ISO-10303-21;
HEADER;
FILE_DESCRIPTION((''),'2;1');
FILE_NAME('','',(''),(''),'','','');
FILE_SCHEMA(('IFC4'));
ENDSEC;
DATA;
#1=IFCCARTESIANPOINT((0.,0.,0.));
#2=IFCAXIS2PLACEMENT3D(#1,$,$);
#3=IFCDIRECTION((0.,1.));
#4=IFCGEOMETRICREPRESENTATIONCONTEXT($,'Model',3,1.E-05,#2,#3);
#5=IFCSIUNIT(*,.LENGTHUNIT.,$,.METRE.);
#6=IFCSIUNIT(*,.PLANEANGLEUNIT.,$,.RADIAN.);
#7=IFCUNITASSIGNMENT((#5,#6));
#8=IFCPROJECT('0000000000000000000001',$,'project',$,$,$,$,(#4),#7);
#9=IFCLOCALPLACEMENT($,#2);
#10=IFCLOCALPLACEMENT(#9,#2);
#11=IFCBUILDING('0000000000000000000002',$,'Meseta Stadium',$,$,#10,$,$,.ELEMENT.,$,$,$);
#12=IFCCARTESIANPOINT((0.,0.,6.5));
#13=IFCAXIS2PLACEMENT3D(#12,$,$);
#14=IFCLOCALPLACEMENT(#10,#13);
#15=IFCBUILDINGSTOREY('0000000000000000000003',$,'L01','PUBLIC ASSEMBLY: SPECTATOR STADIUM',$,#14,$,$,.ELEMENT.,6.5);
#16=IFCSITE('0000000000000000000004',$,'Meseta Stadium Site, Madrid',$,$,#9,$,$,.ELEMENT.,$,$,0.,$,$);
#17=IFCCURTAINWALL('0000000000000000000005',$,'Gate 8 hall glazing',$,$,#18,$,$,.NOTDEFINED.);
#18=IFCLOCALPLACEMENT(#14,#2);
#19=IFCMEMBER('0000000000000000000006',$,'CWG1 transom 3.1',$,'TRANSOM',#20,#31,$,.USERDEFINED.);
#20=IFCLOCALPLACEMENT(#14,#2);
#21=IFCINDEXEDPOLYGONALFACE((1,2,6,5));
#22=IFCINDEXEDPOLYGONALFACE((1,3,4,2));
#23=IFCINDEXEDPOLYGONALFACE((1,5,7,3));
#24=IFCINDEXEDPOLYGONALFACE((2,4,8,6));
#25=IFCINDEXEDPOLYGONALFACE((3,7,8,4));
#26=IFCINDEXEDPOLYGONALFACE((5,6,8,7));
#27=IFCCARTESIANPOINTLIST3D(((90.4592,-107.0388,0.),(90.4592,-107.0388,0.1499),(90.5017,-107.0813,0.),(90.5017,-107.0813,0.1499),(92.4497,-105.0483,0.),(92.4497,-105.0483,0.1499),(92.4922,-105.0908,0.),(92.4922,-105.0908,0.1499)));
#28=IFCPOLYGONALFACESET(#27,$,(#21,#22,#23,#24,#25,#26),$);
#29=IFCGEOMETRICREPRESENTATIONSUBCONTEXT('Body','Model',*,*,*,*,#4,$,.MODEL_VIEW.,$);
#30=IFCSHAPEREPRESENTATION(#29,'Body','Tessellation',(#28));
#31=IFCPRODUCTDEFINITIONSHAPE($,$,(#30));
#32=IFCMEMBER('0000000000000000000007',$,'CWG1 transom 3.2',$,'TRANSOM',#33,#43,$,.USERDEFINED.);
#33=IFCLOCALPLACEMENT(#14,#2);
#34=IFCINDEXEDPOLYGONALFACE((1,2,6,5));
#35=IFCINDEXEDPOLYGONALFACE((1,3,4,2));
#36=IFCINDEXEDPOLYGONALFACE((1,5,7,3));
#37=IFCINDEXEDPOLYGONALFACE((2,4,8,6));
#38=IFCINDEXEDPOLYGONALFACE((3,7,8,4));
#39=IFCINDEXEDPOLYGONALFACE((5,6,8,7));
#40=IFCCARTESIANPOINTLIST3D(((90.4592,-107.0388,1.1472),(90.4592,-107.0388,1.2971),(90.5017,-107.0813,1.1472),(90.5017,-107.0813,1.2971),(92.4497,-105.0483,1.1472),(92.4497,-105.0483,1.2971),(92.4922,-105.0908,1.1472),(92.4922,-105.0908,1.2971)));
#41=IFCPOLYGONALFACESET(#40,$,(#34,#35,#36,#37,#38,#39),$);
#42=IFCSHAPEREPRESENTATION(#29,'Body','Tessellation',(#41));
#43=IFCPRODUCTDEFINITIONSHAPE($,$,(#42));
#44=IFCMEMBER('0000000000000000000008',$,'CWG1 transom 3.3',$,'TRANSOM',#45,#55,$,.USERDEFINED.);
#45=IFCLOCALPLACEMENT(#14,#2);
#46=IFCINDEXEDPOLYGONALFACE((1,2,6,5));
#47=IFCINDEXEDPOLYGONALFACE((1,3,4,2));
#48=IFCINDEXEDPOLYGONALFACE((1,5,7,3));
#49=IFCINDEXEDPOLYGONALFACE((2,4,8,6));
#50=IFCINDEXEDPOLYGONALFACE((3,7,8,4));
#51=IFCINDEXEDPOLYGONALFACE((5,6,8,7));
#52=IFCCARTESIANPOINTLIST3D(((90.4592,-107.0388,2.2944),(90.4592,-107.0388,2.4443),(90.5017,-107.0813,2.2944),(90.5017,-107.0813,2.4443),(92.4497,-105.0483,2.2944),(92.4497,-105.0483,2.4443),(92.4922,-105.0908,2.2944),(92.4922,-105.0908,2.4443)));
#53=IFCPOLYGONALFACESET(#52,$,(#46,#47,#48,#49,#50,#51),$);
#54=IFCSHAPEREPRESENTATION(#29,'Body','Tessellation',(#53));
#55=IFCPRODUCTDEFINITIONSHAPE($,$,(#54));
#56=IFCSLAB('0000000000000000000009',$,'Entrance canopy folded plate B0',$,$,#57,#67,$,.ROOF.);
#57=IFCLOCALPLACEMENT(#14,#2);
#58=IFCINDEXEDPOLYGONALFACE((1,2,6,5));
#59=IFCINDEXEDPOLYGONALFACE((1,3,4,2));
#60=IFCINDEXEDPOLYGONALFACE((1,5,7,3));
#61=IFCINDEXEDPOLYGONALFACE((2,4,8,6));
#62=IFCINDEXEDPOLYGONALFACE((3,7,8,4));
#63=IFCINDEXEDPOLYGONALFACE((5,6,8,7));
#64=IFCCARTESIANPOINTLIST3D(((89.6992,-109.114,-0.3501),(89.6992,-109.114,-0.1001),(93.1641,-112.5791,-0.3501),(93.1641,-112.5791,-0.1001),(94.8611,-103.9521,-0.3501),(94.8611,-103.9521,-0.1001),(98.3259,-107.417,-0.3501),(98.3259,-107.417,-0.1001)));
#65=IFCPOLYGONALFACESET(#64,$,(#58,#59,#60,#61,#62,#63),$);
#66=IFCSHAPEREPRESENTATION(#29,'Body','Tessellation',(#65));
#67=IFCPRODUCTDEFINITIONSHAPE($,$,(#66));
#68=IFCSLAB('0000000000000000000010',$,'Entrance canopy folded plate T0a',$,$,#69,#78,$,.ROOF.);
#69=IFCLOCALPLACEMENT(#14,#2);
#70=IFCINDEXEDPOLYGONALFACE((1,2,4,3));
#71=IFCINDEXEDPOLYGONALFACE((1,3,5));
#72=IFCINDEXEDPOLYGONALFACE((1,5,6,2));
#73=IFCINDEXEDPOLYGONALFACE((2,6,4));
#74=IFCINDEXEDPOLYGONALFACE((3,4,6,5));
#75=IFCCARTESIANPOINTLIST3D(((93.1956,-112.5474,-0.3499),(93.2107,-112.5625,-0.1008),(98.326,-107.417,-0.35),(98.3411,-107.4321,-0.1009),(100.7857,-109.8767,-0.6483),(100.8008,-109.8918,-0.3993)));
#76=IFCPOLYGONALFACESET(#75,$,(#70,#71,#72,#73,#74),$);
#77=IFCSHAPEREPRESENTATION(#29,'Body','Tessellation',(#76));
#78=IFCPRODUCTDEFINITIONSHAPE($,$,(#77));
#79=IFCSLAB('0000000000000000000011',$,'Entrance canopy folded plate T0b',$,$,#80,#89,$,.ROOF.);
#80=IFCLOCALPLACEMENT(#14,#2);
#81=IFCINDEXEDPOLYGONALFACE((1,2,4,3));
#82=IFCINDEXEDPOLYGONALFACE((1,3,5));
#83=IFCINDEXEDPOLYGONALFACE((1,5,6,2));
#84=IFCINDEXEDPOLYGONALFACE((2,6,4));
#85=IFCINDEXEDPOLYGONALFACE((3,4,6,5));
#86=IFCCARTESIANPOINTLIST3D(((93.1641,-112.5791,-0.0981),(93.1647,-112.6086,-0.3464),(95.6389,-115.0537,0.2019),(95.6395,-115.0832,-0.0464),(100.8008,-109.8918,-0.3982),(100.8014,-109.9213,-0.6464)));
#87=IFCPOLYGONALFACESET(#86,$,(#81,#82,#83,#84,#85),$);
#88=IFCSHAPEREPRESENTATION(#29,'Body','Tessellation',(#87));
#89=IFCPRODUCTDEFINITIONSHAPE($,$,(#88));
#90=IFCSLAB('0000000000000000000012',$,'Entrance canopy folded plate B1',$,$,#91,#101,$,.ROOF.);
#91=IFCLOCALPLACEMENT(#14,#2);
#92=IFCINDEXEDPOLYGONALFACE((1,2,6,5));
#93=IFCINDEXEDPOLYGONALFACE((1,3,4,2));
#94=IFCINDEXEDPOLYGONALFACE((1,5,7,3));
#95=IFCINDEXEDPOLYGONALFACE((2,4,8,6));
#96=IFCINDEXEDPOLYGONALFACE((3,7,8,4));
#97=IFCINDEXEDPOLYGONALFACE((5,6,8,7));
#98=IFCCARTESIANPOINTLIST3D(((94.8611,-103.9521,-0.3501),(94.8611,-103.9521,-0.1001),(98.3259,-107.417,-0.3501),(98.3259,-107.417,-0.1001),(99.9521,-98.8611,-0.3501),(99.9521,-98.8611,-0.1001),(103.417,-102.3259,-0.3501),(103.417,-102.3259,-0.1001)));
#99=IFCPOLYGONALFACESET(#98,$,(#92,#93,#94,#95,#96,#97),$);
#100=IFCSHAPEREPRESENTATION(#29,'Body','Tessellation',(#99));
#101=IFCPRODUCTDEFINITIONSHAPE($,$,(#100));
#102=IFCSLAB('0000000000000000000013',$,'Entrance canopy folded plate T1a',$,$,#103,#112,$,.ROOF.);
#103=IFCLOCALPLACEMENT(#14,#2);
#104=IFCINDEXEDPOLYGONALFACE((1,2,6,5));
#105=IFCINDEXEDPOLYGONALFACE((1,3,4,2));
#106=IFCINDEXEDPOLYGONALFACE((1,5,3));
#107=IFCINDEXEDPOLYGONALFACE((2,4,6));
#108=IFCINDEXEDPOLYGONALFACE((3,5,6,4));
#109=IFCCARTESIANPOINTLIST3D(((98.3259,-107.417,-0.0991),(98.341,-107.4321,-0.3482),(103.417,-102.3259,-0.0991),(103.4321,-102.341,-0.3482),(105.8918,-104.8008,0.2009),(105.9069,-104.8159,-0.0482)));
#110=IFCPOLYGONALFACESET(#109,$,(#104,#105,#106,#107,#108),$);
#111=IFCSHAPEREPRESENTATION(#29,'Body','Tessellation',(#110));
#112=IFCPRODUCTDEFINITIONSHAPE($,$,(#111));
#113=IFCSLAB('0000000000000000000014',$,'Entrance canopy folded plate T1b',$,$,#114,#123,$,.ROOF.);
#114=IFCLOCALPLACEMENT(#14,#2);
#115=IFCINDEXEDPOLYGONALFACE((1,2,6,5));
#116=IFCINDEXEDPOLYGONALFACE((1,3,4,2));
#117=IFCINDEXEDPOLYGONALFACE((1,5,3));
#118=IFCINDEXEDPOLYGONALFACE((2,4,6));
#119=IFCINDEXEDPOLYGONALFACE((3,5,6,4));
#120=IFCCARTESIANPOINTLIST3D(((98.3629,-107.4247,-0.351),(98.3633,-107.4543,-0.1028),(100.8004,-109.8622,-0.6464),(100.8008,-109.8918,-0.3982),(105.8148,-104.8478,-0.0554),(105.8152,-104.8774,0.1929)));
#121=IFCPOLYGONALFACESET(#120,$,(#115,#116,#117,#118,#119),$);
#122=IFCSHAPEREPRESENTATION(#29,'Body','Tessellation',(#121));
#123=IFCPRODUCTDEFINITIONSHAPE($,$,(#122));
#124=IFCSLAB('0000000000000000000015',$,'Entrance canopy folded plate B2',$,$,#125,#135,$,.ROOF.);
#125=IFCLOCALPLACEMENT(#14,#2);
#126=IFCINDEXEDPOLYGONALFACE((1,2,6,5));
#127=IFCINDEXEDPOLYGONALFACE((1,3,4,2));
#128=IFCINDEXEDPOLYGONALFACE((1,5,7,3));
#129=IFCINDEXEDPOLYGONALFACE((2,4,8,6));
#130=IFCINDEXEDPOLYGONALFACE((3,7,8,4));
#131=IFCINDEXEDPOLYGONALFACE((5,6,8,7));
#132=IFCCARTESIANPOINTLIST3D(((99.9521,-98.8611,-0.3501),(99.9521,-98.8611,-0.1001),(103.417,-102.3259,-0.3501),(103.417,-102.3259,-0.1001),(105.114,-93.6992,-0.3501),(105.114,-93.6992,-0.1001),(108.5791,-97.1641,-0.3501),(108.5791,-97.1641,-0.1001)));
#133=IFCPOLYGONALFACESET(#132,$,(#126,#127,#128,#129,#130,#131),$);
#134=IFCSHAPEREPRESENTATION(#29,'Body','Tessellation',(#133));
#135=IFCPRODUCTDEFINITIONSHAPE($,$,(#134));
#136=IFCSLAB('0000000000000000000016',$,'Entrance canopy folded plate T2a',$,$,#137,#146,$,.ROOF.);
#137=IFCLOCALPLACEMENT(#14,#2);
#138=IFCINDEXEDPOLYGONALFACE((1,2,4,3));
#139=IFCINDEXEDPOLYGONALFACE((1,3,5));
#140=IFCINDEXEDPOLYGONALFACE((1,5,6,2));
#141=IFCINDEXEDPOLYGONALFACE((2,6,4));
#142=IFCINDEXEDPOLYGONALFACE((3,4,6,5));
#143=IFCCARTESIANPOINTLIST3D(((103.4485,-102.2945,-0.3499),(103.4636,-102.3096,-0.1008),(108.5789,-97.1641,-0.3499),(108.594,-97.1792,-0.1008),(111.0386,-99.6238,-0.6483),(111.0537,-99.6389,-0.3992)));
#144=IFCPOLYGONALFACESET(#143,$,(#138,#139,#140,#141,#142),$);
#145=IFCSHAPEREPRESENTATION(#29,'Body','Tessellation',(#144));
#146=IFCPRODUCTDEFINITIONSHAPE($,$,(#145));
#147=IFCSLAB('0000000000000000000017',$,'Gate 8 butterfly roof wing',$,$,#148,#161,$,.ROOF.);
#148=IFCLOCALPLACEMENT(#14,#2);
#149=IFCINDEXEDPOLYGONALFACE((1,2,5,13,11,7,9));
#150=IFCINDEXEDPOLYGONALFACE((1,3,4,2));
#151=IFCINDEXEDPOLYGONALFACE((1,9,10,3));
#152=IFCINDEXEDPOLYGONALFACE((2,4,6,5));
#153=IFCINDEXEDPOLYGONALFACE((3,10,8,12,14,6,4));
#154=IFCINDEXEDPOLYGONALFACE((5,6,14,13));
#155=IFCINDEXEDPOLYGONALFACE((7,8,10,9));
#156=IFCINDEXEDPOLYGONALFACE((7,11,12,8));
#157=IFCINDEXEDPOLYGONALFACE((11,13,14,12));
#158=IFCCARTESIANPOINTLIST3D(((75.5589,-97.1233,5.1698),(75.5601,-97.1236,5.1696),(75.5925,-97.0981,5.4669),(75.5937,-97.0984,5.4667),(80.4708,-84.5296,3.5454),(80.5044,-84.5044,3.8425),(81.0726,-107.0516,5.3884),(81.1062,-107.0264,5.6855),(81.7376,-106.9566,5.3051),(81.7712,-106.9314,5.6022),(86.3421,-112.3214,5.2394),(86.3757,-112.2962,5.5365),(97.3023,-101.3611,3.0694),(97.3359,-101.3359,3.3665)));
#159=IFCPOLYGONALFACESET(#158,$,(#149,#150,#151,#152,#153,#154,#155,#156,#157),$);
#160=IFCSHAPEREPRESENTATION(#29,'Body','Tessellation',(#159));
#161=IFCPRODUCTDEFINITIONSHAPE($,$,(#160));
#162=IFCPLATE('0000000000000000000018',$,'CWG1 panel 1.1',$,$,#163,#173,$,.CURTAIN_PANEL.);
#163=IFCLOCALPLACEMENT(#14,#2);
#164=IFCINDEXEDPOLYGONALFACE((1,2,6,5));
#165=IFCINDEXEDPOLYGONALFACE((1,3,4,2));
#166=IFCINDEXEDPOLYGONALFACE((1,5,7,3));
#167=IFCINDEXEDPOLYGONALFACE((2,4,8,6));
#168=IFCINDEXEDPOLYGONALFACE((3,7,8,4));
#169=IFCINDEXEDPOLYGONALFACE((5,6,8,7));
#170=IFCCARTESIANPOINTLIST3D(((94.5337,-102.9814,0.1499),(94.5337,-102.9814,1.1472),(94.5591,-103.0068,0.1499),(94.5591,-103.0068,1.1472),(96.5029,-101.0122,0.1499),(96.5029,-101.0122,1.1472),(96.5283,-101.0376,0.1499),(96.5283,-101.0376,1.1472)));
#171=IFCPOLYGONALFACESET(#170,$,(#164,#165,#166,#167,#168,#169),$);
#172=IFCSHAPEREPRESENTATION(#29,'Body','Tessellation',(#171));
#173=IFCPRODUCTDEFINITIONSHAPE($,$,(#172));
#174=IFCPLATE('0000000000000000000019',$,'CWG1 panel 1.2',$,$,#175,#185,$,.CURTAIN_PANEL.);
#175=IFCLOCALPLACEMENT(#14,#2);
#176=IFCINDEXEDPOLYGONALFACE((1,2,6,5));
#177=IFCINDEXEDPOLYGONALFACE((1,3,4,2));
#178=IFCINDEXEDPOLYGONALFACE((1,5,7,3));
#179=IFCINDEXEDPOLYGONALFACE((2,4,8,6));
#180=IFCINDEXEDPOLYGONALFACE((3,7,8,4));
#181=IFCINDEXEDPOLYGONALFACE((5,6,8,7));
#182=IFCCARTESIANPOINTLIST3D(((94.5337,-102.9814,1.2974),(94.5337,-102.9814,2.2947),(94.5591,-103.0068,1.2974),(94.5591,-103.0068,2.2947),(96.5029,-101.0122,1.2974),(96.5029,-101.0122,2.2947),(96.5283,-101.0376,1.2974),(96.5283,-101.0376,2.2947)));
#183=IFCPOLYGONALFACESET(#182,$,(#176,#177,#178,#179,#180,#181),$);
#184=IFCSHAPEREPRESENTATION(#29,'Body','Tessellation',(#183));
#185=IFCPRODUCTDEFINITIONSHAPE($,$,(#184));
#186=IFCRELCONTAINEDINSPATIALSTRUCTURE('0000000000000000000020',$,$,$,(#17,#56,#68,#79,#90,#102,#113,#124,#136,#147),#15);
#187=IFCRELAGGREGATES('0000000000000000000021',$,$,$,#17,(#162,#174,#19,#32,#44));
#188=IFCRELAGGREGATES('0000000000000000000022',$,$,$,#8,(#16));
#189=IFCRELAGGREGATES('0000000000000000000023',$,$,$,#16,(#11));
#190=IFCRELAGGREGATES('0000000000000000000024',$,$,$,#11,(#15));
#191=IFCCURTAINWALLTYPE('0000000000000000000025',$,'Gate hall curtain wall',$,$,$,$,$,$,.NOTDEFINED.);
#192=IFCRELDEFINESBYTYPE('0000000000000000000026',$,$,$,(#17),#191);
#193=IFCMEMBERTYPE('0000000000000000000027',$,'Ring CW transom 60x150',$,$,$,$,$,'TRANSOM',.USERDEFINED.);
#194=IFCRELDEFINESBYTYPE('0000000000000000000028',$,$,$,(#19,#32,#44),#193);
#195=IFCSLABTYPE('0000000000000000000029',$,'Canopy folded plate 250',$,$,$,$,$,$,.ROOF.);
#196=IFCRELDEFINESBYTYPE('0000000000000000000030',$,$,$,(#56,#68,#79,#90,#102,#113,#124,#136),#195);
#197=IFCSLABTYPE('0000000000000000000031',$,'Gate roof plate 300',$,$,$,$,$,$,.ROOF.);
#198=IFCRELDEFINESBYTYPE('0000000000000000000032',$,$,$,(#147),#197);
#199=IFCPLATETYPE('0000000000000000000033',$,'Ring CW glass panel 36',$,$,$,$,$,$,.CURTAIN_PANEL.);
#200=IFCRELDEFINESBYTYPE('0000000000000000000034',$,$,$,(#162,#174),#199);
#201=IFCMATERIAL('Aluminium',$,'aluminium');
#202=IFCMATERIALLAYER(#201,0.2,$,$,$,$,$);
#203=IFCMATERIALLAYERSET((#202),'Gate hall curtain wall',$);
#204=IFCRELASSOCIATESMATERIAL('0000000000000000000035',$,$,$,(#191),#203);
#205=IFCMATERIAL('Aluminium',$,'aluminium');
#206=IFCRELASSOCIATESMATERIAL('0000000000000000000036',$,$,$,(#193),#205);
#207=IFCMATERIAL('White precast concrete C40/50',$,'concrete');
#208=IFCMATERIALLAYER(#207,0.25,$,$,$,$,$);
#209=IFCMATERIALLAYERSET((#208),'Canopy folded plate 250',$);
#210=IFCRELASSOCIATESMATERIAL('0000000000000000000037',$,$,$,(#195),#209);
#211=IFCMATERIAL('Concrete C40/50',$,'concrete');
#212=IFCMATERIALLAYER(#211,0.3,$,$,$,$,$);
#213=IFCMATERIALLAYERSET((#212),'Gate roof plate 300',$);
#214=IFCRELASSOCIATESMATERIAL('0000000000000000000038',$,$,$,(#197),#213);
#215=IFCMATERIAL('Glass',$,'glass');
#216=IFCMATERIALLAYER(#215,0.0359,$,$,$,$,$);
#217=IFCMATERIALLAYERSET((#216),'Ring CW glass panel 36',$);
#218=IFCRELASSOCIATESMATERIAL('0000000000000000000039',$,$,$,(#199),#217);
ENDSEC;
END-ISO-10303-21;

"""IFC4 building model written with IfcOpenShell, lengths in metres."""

from ifc_helpers import new_model, si_unit, direction, frame, origin, origin_2d, place, context, subcontext, project, spatial, polyline, rectangle, outline, extrude, material, layer, layer_set, material_profile, profile_set, type_object, element, aggregate, save


model = new_model("IFC4")

# Units and contexts
model_context = context("Model", 3, precision=1e-05, world=origin(), true_north=direction((0.0, 1.0)))
body_context = subcontext(model_context, "Body", "Model", "MODEL_VIEW")
ifc_project = project(units=[si_unit("LENGTHUNIT", "METRE"), si_unit("PLANEANGLEUNIT", "RADIAN")], contexts=[model_context])

# Site, building, storey
site_placement = place(None, origin())
site = spatial("IfcSite", under=ifc_project, at=site_placement, Name="Meseta Stadium Site, Madrid", CompositionType="ELEMENT", RefElevation=0.0)
building_placement = place(site_placement, origin())
building = spatial("IfcBuilding", under=site, at=building_placement, Name="Meseta Stadium", CompositionType="ELEMENT")
storey_placement = place(building_placement, frame((0.0, 0.0, 6.5)))
storey = spatial("IfcBuildingStorey", under=building, at=storey_placement, Name="L01", Description="PUBLIC ASSEMBLY: SPECTATOR STADIUM", CompositionType="ELEMENT", Elevation=6.5)

# Curtain wall, members
ifc_material_1 = material(Name="Aluminium", Category="aluminium")
ifc_layer_1 = layer(ifc_material_1, 0.2)
ifc_layer_set_1 = layer_set([ifc_layer_1], Name="Gate hall curtain wall")
curtain_wall_type = type_object("IfcCurtainWallType", Name="Gate hall curtain wall", PredefinedType="NOTDEFINED", material=ifc_layer_set_1)
curtain_wall_placement = place(storey_placement, origin())
curtain_wall = element("IfcCurtainWall", 1, at=curtain_wall_placement, inside=storey, type_object=curtain_wall_type, Name="Gate 8 hall glazing", PredefinedType="NOTDEFINED")
ifc_material_2 = material(Name="Aluminium", Category="aluminium")
ifc_material_profile_1 = material_profile(ifc_material_2, rectangle(XDim=0.0601, YDim=0.1499, at=origin_2d()), Name="CW 60x150")
ifc_profile_set_1 = profile_set([ifc_material_profile_1], Name="Aluminium")
member_type_1 = type_object("IfcMemberType", Name="Ring CW transom 60x150", ElementType="TRANSOM", PredefinedType="USERDEFINED", material=ifc_profile_set_1)
member_1_placement = place(storey_placement, frame((92.4709, -105.0696, 0.075), z_axis=(-0.707107, -0.707107, 0.0), x_axis=(0.707107, -0.707107, 0.0)))
member_1 = element("IfcMember", 2, at=member_1_placement, type_object=member_type_1, Name="CWG1 transom 3.1", ObjectType="TRANSOM", PredefinedType="USERDEFINED", context=body_context, shape_type="SweptSolid", body=[
    extrude(rectangle(XDim=0.0601, YDim=0.1499, at=origin_2d()), origin(), (0.0, 0.0, 1.0), 2.8149),
])
member_2_placement = place(storey_placement, frame((92.4709, -105.0696, 1.2222), z_axis=(-0.707107, -0.707107, 0.0), x_axis=(0.707107, -0.707107, 0.0)))
member_2 = element("IfcMember", 3, at=member_2_placement, type_object=member_type_1, Name="CWG1 transom 3.2", ObjectType="TRANSOM", PredefinedType="USERDEFINED", context=body_context, shape_type="SweptSolid", body=[
    extrude(rectangle(XDim=0.0601, YDim=0.1499, at=origin_2d()), origin(), (0.0, 0.0, 1.0), 2.8149),
])
member_3_placement = place(storey_placement, frame((92.4709, -105.0696, 2.3694), z_axis=(-0.707107, -0.707107, 0.0), x_axis=(0.707107, -0.707107, 0.0)))
member_3 = element("IfcMember", 4, at=member_3_placement, type_object=member_type_1, Name="CWG1 transom 3.3", ObjectType="TRANSOM", PredefinedType="USERDEFINED", context=body_context, shape_type="SweptSolid", body=[
    extrude(rectangle(XDim=0.0601, YDim=0.1499, at=origin_2d()), origin(), (0.0, 0.0, 1.0), 2.8149),
])

# Slabs
ifc_material_3 = material(Name="White precast concrete C40/50", Category="concrete")
ifc_layer_2 = layer(ifc_material_3, 0.25)
ifc_layer_set_2 = layer_set([ifc_layer_2], Name="Canopy folded plate 250")
slab_type_1 = type_object("IfcSlabType", Name="Canopy folded plate 250", PredefinedType="ROOF", material=ifc_layer_set_2)
slab_1_placement = place(storey_placement, frame((93.1641, -112.5791, -0.1001), z_axis=(0.0, 0.0, 1.0), x_axis=(0.70709, 0.707124, 0.0)))
element("IfcSlab", 5, at=slab_1_placement, inside=storey, type_object=slab_type_1, Name="Entrance canopy folded plate B0", PredefinedType="ROOF", context=body_context, shape_type="SweptSolid", body=[
    extrude(outline(polyline([(0.0, 0.0), (7.3002, 0.0), (7.3003, 4.9), (0.0003, 4.9002), (0.0, 0.0)])), origin(), (0.0, 0.0, -1.0), 0.25),
])
slab_2_placement = place(storey_placement, frame((93.2107, -112.5625, -0.1008), z_axis=(0.060432, -0.060415, 0.996342), x_axis=(0.942661, 0.331686, -0.037064)))
element("IfcSlab", 6, at=slab_2_placement, inside=storey, type_object=slab_type_1, Name="Entrance canopy folded plate T0a", PredefinedType="ROOF", context=body_context, shape_type="SweptSolid", body=[
    extrude(outline(polyline([(0.0, 0.0), (8.0518, 0.0), (6.5325, 3.1573), (6.5379, 3.146), (0.0, 0.0)])), origin(), (0.0, 0.0, -1.0), 0.25),
])
slab_3_placement = place(storey_placement, frame((95.6389, -115.0537, 0.2019), z_axis=(-0.00248, 0.117924, 0.993019), x_axis=(0.70473, 0.70473, -0.081929)))
element("IfcSlab", 7, at=slab_3_placement, inside=storey, type_object=slab_type_1, Name="Entrance canopy folded plate T0b", PredefinedType="ROOF", context=body_context, shape_type="SweptSolid", body=[
    extrude(outline(polyline([(0.0, 0.0), (7.3246, 0.0), (0.0244, 3.5126), (0.0, 0.0)])), origin(), (0.0, 0.0, -1.0), 0.25),
])
slab_4_placement = place(storey_placement, frame((98.3259, -107.417, -0.1001), z_axis=(0.0, 0.0, 1.0), x_axis=(0.707107, 0.707107, 0.0)))
element("IfcSlab", 8, at=slab_4_placement, inside=storey, type_object=slab_type_1, Name="Entrance canopy folded plate B1", PredefinedType="ROOF", context=body_context, shape_type="SweptSolid", body=[
    extrude(outline(polyline([(0.0, 0.0), (7.1999, 0.0), (7.1999, 4.9), (0.0, 4.9), (0.0, 0.0)])), origin(), (0.0, 0.0, -1.0), 0.25),
])
slab_5_placement = place(storey_placement, frame((105.8918, -104.8008, 0.2009), z_axis=(-0.060398, 0.060398, 0.996345), x_axis=(-0.704523, 0.704523, -0.085416)))
element("IfcSlab", 9, at=slab_5_placement, inside=storey, type_object=slab_type_1, Name="Entrance canopy folded plate T1a", PredefinedType="ROOF", context=body_context, shape_type="SweptSolid", body=[
    extrude(outline(polyline([(0.0, 0.0), (3.5128, 0.0), (3.5128, 7.1999), (0.0, 0.0)])), origin(), (0.0, 0.0, -1.0), 0.25),
])
slab_6_placement = place(storey_placement, frame((98.3633, -107.4543, -0.1028), z_axis=(0.001649, -0.118689, 0.99293), x_axis=(0.704525, -0.704525, -0.085384)))
element("IfcSlab", 10, at=slab_6_placement, inside=storey, type_object=slab_type_1, Name="Entrance canopy folded plate T1b", PredefinedType="ROOF", context=body_context, shape_type="SweptSolid", body=[
    extrude(outline(polyline([(0.0, 0.0), (3.4598, 0.0), (3.4093, 7.1158), (0.0, 0.0)])), origin(), (0.0, 0.0, -1.0), 0.25),
])
slab_7_placement = place(storey_placement, frame((103.417, -102.3259, -0.1001), z_axis=(0.0, 0.0, 1.0), x_axis=(0.707124, 0.70709, 0.0)))
element("IfcSlab", 11, at=slab_7_placement, inside=storey, type_object=slab_type_1, Name="Entrance canopy folded plate B2", PredefinedType="ROOF", context=body_context, shape_type="SweptSolid", body=[
    extrude(outline(polyline([(0.0, 0.0), (7.3002, 0.0), (7.2999, 4.9002), (-0.0001, 4.9), (0.0, 0.0)])), origin(), (0.0, 0.0, -1.0), 0.25),
])
slab_8_placement = place(storey_placement, frame((103.4636, -102.3096, -0.1008), z_axis=(0.060423, -0.060423, 0.996342), x_axis=(0.942662, 0.331686, -0.037053)))
element("IfcSlab", 12, at=slab_8_placement, inside=storey, type_object=slab_type_1, Name="Entrance canopy folded plate T2a", PredefinedType="ROOF", context=body_context, shape_type="SweptSolid", body=[
    extrude(outline(polyline([(0.0, 0.0), (8.0518, 0.0), (6.5379, 3.146), (0.0, 0.0)])), origin(), (0.0, 0.0, -1.0), 0.25),
])
ifc_material_4 = material(Name="Concrete C40/50", Category="concrete")
ifc_layer_3 = layer(ifc_material_4, 0.3)
ifc_layer_set_3 = layer_set([ifc_layer_3], Name="Gate roof plate 300")
slab_type_2 = type_object("IfcSlabType", Name="Gate roof plate 300", PredefinedType="ROOF", material=ifc_layer_set_3)
slab_9_placement = place(storey_placement, frame((97.3359, -101.3359, 3.3665), z_axis=(0.112023, 0.084021, 0.990147), x_axis=(-0.706966, 0.706965, 0.019994)))
element("IfcSlab", 13, at=slab_9_placement, inside=storey, type_object=slab_type_2, Name="Gate 8 butterfly roof wing", PredefinedType="ROOF", context=body_context, shape_type="SweptSolid", body=[
    extrude(outline(polyline([(0.0, 0.0), (23.8082, 0.0), (18.4088, 12.4983), (18.4098, 12.499), (7.0926, 15.1084), (7.4973, 15.651), (0.0434, 15.6512), (0.0, 0.0)])), origin(), (0.0, 0.0, -1.0), 0.3),
])

# Plates
ifc_material_5 = material(Name="Glass", Category="glass")
ifc_layer_4 = layer(ifc_material_5, 0.0359)
ifc_layer_set_4 = layer_set([ifc_layer_4], Name="Ring CW glass panel 36")
plate_type = type_object("IfcPlateType", Name="Ring CW glass panel 36", PredefinedType="CURTAIN_PANEL", material=ifc_layer_set_4)
plate_1_placement = place(storey_placement, frame((95.531, -102.0095, 0.1499), z_axis=(0.0, 0.0, 1.0), x_axis=(-0.707107, -0.707107, 0.0)))
plate_1 = element("IfcPlate", 14, at=plate_1_placement, type_object=plate_type, Name="CWG1 panel 1.1", PredefinedType="CURTAIN_PANEL", context=body_context, shape_type="SweptSolid", body=[
    extrude(rectangle(XDim=2.7849, YDim=0.0359, at=origin_2d()), origin(), (0.0, 0.0, 1.0), 0.9973),
])
plate_2_placement = place(storey_placement, frame((95.531, -102.0095, 1.2974), z_axis=(0.0, 0.0, 1.0), x_axis=(-0.707107, -0.707107, 0.0)))
plate_2 = element("IfcPlate", 15, at=plate_2_placement, type_object=plate_type, Name="CWG1 panel 1.2", PredefinedType="CURTAIN_PANEL", context=body_context, shape_type="SweptSolid", body=[
    extrude(rectangle(XDim=2.7849, YDim=0.0359, at=origin_2d()), origin(), (0.0, 0.0, 1.0), 0.9973),
])
aggregate(curtain_wall, [plate_1, plate_2, member_1, member_2, member_3])

save(model, "model.ifc")
